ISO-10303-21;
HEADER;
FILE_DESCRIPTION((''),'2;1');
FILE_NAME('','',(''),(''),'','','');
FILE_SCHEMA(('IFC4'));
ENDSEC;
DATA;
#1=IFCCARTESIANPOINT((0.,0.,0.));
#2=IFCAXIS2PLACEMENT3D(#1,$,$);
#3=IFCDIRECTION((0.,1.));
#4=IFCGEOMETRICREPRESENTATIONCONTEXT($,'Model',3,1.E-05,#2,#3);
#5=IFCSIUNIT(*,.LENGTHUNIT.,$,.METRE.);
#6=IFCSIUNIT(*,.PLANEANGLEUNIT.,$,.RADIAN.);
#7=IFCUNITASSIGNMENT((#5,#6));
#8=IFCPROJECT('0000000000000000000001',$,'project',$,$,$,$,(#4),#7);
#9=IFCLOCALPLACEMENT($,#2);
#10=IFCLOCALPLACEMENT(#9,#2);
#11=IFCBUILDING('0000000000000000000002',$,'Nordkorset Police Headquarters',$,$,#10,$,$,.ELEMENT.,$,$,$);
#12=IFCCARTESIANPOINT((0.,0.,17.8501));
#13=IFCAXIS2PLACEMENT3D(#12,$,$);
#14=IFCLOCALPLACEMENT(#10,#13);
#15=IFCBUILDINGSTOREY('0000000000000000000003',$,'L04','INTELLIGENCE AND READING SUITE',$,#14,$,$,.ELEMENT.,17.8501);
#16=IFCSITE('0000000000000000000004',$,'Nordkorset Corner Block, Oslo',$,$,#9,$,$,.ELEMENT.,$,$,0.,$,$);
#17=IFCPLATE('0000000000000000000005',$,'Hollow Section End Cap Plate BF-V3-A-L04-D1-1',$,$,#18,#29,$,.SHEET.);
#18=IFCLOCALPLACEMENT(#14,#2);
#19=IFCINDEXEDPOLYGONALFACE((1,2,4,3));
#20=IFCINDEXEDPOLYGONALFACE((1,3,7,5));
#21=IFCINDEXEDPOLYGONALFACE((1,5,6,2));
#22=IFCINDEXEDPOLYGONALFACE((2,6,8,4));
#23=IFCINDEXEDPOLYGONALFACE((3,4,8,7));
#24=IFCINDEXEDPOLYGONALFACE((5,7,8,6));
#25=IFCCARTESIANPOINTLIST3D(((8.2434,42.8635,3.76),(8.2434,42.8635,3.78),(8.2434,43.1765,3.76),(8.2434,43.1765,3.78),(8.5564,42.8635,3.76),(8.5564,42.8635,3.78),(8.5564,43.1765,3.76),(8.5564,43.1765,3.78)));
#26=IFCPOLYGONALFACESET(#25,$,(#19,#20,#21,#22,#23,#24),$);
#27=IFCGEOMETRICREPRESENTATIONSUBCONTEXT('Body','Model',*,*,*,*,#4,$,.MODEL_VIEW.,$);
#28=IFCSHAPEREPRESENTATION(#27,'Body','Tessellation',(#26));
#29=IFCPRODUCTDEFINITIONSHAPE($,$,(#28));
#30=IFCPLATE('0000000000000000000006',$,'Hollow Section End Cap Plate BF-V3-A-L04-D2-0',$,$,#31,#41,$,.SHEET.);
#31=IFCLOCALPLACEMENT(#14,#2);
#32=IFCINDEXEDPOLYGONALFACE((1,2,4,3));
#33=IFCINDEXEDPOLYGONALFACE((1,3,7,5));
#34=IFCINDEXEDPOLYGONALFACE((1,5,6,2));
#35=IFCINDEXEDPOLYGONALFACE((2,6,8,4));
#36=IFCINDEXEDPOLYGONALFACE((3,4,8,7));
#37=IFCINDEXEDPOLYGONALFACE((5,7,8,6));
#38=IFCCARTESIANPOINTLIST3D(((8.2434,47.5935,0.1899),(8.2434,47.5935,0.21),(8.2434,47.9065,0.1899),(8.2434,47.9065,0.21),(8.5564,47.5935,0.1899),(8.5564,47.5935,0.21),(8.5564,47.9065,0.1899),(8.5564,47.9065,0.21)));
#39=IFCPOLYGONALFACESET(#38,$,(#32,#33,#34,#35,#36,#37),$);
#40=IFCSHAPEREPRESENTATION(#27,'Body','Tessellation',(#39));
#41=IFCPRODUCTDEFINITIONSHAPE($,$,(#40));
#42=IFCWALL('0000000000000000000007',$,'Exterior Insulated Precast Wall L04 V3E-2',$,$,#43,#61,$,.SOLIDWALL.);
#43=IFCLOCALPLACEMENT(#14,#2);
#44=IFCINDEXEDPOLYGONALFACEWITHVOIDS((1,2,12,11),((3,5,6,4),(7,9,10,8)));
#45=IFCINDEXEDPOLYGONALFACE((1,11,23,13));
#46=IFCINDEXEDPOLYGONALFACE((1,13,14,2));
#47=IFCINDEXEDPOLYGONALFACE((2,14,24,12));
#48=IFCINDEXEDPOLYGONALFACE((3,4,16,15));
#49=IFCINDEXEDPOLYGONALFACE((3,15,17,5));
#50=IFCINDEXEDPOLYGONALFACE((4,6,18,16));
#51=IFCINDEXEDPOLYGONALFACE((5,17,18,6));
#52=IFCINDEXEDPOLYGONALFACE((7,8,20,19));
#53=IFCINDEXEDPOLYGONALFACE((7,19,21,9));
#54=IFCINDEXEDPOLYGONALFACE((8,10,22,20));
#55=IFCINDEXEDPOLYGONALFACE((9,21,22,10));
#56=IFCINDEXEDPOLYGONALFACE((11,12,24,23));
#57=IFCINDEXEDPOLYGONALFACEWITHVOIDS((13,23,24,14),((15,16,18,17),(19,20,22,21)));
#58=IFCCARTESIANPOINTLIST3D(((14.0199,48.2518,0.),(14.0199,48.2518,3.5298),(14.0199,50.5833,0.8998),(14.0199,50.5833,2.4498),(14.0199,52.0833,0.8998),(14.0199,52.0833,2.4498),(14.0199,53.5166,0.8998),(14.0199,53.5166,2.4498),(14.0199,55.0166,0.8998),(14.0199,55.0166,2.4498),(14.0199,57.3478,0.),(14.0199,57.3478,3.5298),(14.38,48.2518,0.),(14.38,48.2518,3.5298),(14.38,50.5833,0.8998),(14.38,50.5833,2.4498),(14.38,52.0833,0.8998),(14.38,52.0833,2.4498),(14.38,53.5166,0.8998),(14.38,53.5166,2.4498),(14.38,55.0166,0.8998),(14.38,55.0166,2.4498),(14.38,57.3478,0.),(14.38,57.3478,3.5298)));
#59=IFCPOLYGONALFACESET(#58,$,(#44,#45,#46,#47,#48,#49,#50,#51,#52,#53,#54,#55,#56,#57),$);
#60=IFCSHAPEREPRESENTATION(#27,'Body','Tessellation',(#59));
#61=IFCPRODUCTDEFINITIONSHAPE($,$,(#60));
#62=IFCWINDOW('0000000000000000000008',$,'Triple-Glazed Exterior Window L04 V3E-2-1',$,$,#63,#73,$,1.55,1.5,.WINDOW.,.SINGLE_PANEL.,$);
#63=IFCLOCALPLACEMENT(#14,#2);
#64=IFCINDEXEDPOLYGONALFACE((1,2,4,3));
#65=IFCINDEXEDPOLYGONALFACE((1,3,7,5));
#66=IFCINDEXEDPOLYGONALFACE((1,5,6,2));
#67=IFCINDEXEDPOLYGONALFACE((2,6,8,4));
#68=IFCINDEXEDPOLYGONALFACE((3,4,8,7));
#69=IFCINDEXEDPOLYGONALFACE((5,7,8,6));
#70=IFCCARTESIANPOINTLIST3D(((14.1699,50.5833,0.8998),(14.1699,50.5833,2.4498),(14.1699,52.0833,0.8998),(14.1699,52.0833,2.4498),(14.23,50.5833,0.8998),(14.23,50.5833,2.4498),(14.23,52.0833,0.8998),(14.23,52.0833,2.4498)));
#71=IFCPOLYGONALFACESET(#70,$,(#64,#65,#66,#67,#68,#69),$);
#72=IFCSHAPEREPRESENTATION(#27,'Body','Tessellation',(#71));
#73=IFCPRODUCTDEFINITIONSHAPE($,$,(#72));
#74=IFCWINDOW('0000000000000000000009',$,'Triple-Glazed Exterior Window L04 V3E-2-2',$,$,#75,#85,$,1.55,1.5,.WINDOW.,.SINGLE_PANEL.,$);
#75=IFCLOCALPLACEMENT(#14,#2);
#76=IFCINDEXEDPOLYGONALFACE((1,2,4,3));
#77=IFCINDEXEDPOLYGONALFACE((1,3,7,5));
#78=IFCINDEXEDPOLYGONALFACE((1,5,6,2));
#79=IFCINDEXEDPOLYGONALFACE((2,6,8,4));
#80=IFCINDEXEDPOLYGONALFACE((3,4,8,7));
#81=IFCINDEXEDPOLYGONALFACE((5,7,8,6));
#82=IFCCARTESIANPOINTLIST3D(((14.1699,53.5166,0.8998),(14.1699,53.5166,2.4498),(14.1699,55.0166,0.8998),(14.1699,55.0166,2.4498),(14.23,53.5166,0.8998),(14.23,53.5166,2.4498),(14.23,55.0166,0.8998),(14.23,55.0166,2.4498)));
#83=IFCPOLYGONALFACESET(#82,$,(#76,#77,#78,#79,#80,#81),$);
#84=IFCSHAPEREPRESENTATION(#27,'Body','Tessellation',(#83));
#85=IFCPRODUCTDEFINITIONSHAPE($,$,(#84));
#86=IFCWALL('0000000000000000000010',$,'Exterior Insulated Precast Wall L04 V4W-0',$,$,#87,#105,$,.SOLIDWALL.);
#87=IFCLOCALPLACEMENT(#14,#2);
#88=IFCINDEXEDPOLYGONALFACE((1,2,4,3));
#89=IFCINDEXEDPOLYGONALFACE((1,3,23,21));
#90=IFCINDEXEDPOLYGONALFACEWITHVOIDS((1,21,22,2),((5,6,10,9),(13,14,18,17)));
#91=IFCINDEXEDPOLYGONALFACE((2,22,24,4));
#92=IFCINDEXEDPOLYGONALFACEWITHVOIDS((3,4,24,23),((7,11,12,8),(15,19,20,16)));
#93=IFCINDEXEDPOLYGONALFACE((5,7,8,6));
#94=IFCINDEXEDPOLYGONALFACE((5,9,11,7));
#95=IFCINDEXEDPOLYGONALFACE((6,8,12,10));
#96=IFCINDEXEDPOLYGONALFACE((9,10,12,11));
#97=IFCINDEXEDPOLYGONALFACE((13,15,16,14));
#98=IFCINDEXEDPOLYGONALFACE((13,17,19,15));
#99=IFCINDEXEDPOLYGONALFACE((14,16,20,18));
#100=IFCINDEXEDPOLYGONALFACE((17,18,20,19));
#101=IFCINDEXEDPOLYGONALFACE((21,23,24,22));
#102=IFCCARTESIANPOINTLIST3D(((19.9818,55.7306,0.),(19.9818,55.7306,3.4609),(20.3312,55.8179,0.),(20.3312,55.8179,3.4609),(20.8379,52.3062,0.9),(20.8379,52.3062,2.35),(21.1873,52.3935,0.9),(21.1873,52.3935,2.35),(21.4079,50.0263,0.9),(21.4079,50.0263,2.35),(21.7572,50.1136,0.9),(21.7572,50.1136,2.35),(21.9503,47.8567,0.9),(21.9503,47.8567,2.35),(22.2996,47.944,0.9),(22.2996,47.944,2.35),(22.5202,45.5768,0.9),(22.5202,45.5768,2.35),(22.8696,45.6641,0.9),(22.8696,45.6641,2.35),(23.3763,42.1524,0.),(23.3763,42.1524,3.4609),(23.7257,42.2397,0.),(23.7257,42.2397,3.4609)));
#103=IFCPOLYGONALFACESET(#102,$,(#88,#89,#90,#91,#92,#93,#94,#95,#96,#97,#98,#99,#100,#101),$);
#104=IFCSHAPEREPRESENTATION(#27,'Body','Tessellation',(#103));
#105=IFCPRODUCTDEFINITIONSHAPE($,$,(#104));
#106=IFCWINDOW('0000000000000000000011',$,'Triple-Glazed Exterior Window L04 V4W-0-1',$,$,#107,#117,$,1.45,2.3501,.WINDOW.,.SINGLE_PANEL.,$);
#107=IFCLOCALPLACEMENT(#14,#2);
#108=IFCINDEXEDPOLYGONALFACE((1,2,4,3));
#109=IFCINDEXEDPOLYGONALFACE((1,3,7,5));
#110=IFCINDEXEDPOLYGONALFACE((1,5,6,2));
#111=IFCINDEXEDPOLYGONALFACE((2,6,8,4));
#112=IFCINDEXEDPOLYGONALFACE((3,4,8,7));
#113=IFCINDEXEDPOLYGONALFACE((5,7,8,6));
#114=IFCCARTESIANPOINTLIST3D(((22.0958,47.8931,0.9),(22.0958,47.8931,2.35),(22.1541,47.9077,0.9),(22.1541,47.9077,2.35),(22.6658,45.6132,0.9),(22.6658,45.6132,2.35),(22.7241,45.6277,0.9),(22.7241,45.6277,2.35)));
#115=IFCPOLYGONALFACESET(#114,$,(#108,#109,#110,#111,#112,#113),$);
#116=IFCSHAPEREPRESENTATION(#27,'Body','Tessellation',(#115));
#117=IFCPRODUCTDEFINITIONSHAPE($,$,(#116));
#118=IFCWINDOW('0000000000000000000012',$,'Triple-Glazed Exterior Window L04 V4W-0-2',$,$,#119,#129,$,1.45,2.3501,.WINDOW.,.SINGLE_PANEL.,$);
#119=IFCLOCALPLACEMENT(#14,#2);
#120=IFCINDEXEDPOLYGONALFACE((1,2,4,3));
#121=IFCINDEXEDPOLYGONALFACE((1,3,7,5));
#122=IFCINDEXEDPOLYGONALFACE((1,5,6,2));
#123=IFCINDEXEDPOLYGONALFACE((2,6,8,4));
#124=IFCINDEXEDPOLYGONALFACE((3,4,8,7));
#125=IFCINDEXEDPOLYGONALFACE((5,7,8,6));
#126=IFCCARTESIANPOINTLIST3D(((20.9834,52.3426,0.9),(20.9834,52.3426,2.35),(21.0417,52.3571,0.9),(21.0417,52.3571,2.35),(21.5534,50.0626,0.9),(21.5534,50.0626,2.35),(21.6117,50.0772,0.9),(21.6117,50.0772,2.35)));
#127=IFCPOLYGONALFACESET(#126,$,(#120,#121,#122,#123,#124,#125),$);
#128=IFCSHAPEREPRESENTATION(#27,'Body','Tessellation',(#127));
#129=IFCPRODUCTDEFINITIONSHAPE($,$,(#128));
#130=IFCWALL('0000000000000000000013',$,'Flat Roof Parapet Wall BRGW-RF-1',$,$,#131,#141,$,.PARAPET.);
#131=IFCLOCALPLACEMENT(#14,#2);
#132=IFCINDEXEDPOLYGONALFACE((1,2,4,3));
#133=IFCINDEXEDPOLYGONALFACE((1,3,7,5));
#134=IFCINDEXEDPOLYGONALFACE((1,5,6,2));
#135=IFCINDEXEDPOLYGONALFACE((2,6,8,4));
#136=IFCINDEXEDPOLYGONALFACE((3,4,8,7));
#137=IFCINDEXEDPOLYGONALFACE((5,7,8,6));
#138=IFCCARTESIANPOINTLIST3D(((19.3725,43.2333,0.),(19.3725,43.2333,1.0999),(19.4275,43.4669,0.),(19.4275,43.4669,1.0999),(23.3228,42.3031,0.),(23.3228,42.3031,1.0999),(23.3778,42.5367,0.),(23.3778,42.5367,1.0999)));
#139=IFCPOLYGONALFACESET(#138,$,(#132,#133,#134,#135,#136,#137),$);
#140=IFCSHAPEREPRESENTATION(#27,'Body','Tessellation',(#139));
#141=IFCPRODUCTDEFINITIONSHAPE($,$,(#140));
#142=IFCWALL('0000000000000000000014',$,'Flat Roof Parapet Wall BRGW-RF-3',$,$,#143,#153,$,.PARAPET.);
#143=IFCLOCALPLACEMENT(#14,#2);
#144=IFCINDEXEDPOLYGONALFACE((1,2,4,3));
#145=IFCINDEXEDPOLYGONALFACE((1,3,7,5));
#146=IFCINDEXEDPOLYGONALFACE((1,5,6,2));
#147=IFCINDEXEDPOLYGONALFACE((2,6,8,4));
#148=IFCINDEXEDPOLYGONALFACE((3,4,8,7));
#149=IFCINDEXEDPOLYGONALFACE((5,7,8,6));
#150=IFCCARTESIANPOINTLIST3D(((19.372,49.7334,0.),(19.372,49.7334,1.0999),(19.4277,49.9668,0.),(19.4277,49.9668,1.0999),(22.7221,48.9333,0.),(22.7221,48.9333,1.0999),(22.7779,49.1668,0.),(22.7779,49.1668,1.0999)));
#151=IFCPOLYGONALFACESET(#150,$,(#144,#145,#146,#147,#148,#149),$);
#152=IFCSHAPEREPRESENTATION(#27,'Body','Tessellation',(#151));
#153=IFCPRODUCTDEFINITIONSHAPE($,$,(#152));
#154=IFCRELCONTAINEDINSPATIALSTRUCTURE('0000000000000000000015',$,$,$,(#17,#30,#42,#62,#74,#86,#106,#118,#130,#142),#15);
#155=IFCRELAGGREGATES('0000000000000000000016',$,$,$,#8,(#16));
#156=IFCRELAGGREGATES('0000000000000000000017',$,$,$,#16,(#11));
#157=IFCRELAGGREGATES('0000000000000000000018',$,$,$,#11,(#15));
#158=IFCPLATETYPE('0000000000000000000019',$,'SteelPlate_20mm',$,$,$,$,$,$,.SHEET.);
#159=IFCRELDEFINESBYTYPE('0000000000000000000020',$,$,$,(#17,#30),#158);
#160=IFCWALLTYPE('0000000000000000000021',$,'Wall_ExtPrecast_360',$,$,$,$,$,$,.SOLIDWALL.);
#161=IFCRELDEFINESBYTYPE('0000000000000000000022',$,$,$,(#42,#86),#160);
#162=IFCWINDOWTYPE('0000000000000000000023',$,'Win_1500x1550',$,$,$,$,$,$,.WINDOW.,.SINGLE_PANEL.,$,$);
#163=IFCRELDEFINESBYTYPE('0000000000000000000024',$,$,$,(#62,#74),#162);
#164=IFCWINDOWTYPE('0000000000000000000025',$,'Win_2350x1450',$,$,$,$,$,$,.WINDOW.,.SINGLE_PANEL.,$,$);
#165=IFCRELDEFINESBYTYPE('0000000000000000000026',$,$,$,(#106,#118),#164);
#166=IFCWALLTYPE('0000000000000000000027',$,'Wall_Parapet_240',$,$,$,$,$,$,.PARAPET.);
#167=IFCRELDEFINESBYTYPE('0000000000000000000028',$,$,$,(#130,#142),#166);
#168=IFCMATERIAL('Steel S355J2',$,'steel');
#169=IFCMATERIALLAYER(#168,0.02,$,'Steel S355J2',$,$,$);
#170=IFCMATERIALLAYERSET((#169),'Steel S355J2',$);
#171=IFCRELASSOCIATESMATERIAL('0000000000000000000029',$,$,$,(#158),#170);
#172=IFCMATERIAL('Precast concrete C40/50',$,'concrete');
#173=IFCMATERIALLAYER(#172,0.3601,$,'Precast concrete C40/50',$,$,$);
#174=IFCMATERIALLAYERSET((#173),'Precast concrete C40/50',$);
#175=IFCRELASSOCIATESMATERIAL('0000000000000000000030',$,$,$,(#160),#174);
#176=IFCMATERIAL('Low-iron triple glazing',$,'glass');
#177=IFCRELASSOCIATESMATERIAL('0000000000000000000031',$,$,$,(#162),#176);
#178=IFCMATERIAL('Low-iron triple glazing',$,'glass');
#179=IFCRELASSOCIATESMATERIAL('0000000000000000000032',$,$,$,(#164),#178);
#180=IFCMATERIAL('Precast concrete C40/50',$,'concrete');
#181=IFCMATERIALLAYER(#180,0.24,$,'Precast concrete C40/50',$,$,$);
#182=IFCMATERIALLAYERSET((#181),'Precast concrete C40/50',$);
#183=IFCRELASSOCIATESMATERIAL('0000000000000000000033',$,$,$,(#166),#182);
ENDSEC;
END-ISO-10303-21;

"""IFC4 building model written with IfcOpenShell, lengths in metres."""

from ifc_helpers import new_model, si_unit, direction, frame, frame_2d, origin, origin_2d, place, context, subcontext, project, spatial, rectangle, extrude, material, layer, layer_set, type_object, element, fill, save


model = new_model("IFC4")

# Units and contexts
model_context = context("Model", 3, precision=1e-05, world=origin(), true_north=direction((0.0, 1.0)))
body_context = subcontext(model_context, "Body", "Model", "MODEL_VIEW")
ifc_project = project(units=[si_unit("LENGTHUNIT", "METRE"), si_unit("PLANEANGLEUNIT", "RADIAN")], contexts=[model_context])

# Site, building, storey
site_placement = place(None, origin())
site = spatial("IfcSite", under=ifc_project, at=site_placement, Name="Nordkorset Corner Block, Oslo", CompositionType="ELEMENT", RefElevation=0.0)
building_placement = place(site_placement, origin())
building = spatial("IfcBuilding", under=site, at=building_placement, Name="Nordkorset Police Headquarters", CompositionType="ELEMENT")
storey_placement = place(building_placement, frame((0.0, 0.0, 17.8501)))
storey = spatial("IfcBuildingStorey", under=building, at=storey_placement, Name="L04", Description="INTELLIGENCE AND READING SUITE", CompositionType="ELEMENT", Elevation=17.8501)

# Plates
ifc_material_1 = material(Name="Steel S355J2", Category="steel")
ifc_layer_1 = layer(ifc_material_1, 0.02, Name="Steel S355J2")
ifc_layer_set_1 = layer_set([ifc_layer_1], Name="Steel S355J2")
plate_type = type_object("IfcPlateType", Name="SteelPlate_20mm", PredefinedType="SHEET", material=ifc_layer_set_1)
for number, where, z_axis, x_axis, name in (
    (1, (8.3999, 43.02, 3.76), (0.0, 0.0, 1.0), (1.0, 0.0, 0.0), "Hollow Section End Cap Plate BF-V3-A-L04-D1-1"),
    (2, (8.3999, 47.75, 0.1899), (0.0, 0.0, 1.0), (1.0, 0.0, 0.0), "Hollow Section End Cap Plate BF-V3-A-L04-D2-0"),
):
    element("IfcPlate", number, at=place(storey_placement, frame(where, z_axis=z_axis, x_axis=x_axis)), inside=storey, type_object=plate_type, Name=name, PredefinedType="SHEET", context=body_context, shape_type="SweptSolid", body=[
        extrude(rectangle(XDim=0.313, YDim=0.313, at=origin_2d()), origin(), (0.0, 0.0, 1.0), 0.02),
    ])

# Walls, openings, windows
ifc_material_2 = material(Name="Precast concrete C40/50", Category="concrete")
ifc_layer_2 = layer(ifc_material_2, 0.3601, Name="Precast concrete C40/50")
ifc_layer_set_2 = layer_set([ifc_layer_2], Name="Precast concrete C40/50")
wall_type_1 = type_object("IfcWallType", Name="Wall_ExtPrecast_360", PredefinedType="SOLIDWALL", material=ifc_layer_set_2)
wall_1_placement = place(storey_placement, frame((14.2, 48.252, 0.0), z_axis=(0.0, 0.0, 1.0), x_axis=(0.0, 1.0, 0.0)))
wall_1 = element("IfcWall", 3, at=wall_1_placement, inside=storey, type_object=wall_type_1, Name="Exterior Insulated Precast Wall L04 V3E-2", PredefinedType="SOLIDWALL", context=body_context, shape_type="SweptSolid", body=[
    extrude(rectangle(XDim=9.0959, YDim=0.3601, at=frame_2d((4.5479, 0.0))), origin(), (0.0, 0.0, 1.0), 3.5298),
])
opening_1_placement = place(wall_1_placement, frame((2.3313, 0.0, 0.8999)))
opening_1 = element("IfcOpeningElement", 4, at=opening_1_placement, cuts=wall_1, PredefinedType="OPENING", context=body_context, shape_type="SweptSolid", body=[
    extrude(rectangle(XDim=1.5, YDim=1.55, at=frame_2d((0.75, 0.7749))), frame((0.0, 0.1899, 0.0), z_axis=(0.0, -1.0, 0.0), x_axis=(1.0, 0.0, 0.0)), (0.0, 0.0, 1.0), 0.3801),
])
opening_2_placement = place(wall_1_placement, frame((5.2646, 0.0, 0.8999)))
opening_2 = element("IfcOpeningElement", 5, at=opening_2_placement, cuts=wall_1, PredefinedType="OPENING", context=body_context, shape_type="SweptSolid", body=[
    extrude(rectangle(XDim=1.5, YDim=1.55, at=frame_2d((0.75, 0.7749))), frame((0.0, 0.1899, 0.0), z_axis=(0.0, -1.0, 0.0), x_axis=(1.0, 0.0, 0.0)), (0.0, 0.0, 1.0), 0.3801),
])
ifc_material_3 = material(Name="Low-iron triple glazing", Category="glass")
window_type_1 = type_object("IfcWindowType", Name="Win_1500x1550", PartitioningType="SINGLE_PANEL", PredefinedType="WINDOW", material=ifc_material_3)
window_1_placement = place(opening_1_placement, origin())
window_1 = element("IfcWindow", 6, at=window_1_placement, inside=storey, type_object=window_type_1, Name="Triple-Glazed Exterior Window L04 V3E-2-1", OverallHeight=1.55, OverallWidth=1.5, PartitioningType="SINGLE_PANEL", PredefinedType="WINDOW", context=body_context, shape_type="SweptSolid", body=[
    extrude(rectangle(XDim=1.5, YDim=1.55, at=frame_2d((0.75, 0.7749))), frame((0.0, 0.03, 0.0), z_axis=(0.0, -1.0, 0.0), x_axis=(1.0, 0.0, 0.0)), (0.0, 0.0, 1.0), 0.0601),
])
fill(opening_1, window_1)
window_2_placement = place(opening_2_placement, origin())
window_2 = element("IfcWindow", 7, at=window_2_placement, inside=storey, type_object=window_type_1, Name="Triple-Glazed Exterior Window L04 V3E-2-2", OverallHeight=1.55, OverallWidth=1.5, PartitioningType="SINGLE_PANEL", PredefinedType="WINDOW", context=body_context, shape_type="SweptSolid", body=[
    extrude(rectangle(XDim=1.5, YDim=1.55, at=frame_2d((0.75, 0.7749))), frame((0.0, 0.03, 0.0), z_axis=(0.0, -1.0, 0.0), x_axis=(1.0, 0.0, 0.0)), (0.0, 0.0, 1.0), 0.0601),
])
fill(opening_2, window_2)
wall_2_placement = place(storey_placement, frame((23.551, 42.196, 0.0), z_axis=(0.0, 0.0, 1.0), x_axis=(-0.242536, 0.970143, 0.0)))
wall_2 = element("IfcWall", 8, at=wall_2_placement, inside=storey, type_object=wall_type_1, Name="Exterior Insulated Precast Wall L04 V4W-0", PredefinedType="SOLIDWALL", context=body_context, shape_type="SweptSolid", body=[
    extrude(rectangle(XDim=13.9961, YDim=0.3601, at=frame_2d((6.998, 0.0))), origin(), (0.0, 0.0, 1.0), 3.4609),
])
opening_3_placement = place(wall_2_placement, frame((3.5298, 0.0, 0.8999)))
opening_3 = element("IfcOpeningElement", 9, at=opening_3_placement, cuts=wall_2, PredefinedType="OPENING", context=body_context, shape_type="SweptSolid", body=[
    extrude(rectangle(XDim=2.3501, YDim=1.45, at=frame_2d((1.175, 0.7251))), frame((0.0, 0.1899, 0.0), z_axis=(0.0, -1.0, 0.0), x_axis=(1.0, 0.0, 0.0)), (0.0, 0.0, 1.0), 0.3801),
])
opening_4_placement = place(wall_2_placement, frame((8.1162, 0.0, 0.8999)))
opening_4 = element("IfcOpeningElement", 10, at=opening_4_placement, cuts=wall_2, PredefinedType="OPENING", context=body_context, shape_type="SweptSolid", body=[
    extrude(rectangle(XDim=2.3501, YDim=1.45, at=frame_2d((1.175, 0.7251))), frame((0.0, 0.1899, 0.0), z_axis=(0.0, -1.0, 0.0), x_axis=(1.0, 0.0, 0.0)), (0.0, 0.0, 1.0), 0.3801),
])
ifc_material_4 = material(Name="Low-iron triple glazing", Category="glass")
window_type_2 = type_object("IfcWindowType", Name="Win_2350x1450", PartitioningType="SINGLE_PANEL", PredefinedType="WINDOW", material=ifc_material_4)
window_3_placement = place(opening_3_placement, origin())
window_3 = element("IfcWindow", 11, at=window_3_placement, inside=storey, type_object=window_type_2, Name="Triple-Glazed Exterior Window L04 V4W-0-1", OverallHeight=1.45, OverallWidth=2.3501, PartitioningType="SINGLE_PANEL", PredefinedType="WINDOW", context=body_context, shape_type="SweptSolid", body=[
    extrude(rectangle(XDim=2.3501, YDim=1.45, at=frame_2d((1.175, 0.7251))), frame((0.0, 0.03, 0.0), z_axis=(0.0, -1.0, 0.0), x_axis=(1.0, 0.0, 0.0)), (0.0, 0.0, 1.0), 0.0601),
])
fill(opening_3, window_3)
window_4_placement = place(opening_4_placement, origin())
window_4 = element("IfcWindow", 12, at=window_4_placement, inside=storey, type_object=window_type_2, Name="Triple-Glazed Exterior Window L04 V4W-0-2", OverallHeight=1.45, OverallWidth=2.3501, PartitioningType="SINGLE_PANEL", PredefinedType="WINDOW", context=body_context, shape_type="SweptSolid", body=[
    extrude(rectangle(XDim=2.3501, YDim=1.45, at=frame_2d((1.175, 0.7251))), frame((0.0, 0.03, 0.0), z_axis=(0.0, -1.0, 0.0), x_axis=(1.0, 0.0, 0.0)), (0.0, 0.0, 1.0), 0.0601),
])
fill(opening_4, window_4)

# Walls
ifc_material_5 = material(Name="Precast concrete C40/50", Category="concrete")
ifc_layer_3 = layer(ifc_material_5, 0.24, Name="Precast concrete C40/50")
ifc_layer_set_3 = layer_set([ifc_layer_3], Name="Precast concrete C40/50")
wall_type_2 = type_object("IfcWallType", Name="Wall_Parapet_240", PredefinedType="PARAPET", material=ifc_layer_set_3)
wall_3_placement = place(storey_placement, frame((19.3999, 43.3501, 0.0), z_axis=(0.0, 0.0, 1.0), x_axis=(0.973378, -0.229207, 0.0)))
element("IfcWall", 13, at=wall_3_placement, inside=storey, type_object=wall_type_2, Name="Flat Roof Parapet Wall BRGW-RF-1", PredefinedType="PARAPET", context=body_context, shape_type="SweptSolid", body=[
    extrude(rectangle(XDim=4.0583, YDim=0.24, at=frame_2d((2.0293, 0.0))), origin(), (0.0, 0.0, 1.0), 1.0999),
])
wall_4_placement = place(storey_placement, frame((22.75, 49.05, 0.0), z_axis=(0.0, 0.0, 1.0), x_axis=(-0.972649, 0.232282, 0.0)))
element("IfcWall", 14, at=wall_4_placement, inside=storey, type_object=wall_type_2, Name="Flat Roof Parapet Wall BRGW-RF-3", PredefinedType="PARAPET", context=body_context, shape_type="SweptSolid", body=[
    extrude(rectangle(XDim=3.4443, YDim=0.24, at=frame_2d((1.7222, 0.0))), origin(), (0.0, 0.0, 1.0), 1.0999),
])

save(model, "model.ifc")
